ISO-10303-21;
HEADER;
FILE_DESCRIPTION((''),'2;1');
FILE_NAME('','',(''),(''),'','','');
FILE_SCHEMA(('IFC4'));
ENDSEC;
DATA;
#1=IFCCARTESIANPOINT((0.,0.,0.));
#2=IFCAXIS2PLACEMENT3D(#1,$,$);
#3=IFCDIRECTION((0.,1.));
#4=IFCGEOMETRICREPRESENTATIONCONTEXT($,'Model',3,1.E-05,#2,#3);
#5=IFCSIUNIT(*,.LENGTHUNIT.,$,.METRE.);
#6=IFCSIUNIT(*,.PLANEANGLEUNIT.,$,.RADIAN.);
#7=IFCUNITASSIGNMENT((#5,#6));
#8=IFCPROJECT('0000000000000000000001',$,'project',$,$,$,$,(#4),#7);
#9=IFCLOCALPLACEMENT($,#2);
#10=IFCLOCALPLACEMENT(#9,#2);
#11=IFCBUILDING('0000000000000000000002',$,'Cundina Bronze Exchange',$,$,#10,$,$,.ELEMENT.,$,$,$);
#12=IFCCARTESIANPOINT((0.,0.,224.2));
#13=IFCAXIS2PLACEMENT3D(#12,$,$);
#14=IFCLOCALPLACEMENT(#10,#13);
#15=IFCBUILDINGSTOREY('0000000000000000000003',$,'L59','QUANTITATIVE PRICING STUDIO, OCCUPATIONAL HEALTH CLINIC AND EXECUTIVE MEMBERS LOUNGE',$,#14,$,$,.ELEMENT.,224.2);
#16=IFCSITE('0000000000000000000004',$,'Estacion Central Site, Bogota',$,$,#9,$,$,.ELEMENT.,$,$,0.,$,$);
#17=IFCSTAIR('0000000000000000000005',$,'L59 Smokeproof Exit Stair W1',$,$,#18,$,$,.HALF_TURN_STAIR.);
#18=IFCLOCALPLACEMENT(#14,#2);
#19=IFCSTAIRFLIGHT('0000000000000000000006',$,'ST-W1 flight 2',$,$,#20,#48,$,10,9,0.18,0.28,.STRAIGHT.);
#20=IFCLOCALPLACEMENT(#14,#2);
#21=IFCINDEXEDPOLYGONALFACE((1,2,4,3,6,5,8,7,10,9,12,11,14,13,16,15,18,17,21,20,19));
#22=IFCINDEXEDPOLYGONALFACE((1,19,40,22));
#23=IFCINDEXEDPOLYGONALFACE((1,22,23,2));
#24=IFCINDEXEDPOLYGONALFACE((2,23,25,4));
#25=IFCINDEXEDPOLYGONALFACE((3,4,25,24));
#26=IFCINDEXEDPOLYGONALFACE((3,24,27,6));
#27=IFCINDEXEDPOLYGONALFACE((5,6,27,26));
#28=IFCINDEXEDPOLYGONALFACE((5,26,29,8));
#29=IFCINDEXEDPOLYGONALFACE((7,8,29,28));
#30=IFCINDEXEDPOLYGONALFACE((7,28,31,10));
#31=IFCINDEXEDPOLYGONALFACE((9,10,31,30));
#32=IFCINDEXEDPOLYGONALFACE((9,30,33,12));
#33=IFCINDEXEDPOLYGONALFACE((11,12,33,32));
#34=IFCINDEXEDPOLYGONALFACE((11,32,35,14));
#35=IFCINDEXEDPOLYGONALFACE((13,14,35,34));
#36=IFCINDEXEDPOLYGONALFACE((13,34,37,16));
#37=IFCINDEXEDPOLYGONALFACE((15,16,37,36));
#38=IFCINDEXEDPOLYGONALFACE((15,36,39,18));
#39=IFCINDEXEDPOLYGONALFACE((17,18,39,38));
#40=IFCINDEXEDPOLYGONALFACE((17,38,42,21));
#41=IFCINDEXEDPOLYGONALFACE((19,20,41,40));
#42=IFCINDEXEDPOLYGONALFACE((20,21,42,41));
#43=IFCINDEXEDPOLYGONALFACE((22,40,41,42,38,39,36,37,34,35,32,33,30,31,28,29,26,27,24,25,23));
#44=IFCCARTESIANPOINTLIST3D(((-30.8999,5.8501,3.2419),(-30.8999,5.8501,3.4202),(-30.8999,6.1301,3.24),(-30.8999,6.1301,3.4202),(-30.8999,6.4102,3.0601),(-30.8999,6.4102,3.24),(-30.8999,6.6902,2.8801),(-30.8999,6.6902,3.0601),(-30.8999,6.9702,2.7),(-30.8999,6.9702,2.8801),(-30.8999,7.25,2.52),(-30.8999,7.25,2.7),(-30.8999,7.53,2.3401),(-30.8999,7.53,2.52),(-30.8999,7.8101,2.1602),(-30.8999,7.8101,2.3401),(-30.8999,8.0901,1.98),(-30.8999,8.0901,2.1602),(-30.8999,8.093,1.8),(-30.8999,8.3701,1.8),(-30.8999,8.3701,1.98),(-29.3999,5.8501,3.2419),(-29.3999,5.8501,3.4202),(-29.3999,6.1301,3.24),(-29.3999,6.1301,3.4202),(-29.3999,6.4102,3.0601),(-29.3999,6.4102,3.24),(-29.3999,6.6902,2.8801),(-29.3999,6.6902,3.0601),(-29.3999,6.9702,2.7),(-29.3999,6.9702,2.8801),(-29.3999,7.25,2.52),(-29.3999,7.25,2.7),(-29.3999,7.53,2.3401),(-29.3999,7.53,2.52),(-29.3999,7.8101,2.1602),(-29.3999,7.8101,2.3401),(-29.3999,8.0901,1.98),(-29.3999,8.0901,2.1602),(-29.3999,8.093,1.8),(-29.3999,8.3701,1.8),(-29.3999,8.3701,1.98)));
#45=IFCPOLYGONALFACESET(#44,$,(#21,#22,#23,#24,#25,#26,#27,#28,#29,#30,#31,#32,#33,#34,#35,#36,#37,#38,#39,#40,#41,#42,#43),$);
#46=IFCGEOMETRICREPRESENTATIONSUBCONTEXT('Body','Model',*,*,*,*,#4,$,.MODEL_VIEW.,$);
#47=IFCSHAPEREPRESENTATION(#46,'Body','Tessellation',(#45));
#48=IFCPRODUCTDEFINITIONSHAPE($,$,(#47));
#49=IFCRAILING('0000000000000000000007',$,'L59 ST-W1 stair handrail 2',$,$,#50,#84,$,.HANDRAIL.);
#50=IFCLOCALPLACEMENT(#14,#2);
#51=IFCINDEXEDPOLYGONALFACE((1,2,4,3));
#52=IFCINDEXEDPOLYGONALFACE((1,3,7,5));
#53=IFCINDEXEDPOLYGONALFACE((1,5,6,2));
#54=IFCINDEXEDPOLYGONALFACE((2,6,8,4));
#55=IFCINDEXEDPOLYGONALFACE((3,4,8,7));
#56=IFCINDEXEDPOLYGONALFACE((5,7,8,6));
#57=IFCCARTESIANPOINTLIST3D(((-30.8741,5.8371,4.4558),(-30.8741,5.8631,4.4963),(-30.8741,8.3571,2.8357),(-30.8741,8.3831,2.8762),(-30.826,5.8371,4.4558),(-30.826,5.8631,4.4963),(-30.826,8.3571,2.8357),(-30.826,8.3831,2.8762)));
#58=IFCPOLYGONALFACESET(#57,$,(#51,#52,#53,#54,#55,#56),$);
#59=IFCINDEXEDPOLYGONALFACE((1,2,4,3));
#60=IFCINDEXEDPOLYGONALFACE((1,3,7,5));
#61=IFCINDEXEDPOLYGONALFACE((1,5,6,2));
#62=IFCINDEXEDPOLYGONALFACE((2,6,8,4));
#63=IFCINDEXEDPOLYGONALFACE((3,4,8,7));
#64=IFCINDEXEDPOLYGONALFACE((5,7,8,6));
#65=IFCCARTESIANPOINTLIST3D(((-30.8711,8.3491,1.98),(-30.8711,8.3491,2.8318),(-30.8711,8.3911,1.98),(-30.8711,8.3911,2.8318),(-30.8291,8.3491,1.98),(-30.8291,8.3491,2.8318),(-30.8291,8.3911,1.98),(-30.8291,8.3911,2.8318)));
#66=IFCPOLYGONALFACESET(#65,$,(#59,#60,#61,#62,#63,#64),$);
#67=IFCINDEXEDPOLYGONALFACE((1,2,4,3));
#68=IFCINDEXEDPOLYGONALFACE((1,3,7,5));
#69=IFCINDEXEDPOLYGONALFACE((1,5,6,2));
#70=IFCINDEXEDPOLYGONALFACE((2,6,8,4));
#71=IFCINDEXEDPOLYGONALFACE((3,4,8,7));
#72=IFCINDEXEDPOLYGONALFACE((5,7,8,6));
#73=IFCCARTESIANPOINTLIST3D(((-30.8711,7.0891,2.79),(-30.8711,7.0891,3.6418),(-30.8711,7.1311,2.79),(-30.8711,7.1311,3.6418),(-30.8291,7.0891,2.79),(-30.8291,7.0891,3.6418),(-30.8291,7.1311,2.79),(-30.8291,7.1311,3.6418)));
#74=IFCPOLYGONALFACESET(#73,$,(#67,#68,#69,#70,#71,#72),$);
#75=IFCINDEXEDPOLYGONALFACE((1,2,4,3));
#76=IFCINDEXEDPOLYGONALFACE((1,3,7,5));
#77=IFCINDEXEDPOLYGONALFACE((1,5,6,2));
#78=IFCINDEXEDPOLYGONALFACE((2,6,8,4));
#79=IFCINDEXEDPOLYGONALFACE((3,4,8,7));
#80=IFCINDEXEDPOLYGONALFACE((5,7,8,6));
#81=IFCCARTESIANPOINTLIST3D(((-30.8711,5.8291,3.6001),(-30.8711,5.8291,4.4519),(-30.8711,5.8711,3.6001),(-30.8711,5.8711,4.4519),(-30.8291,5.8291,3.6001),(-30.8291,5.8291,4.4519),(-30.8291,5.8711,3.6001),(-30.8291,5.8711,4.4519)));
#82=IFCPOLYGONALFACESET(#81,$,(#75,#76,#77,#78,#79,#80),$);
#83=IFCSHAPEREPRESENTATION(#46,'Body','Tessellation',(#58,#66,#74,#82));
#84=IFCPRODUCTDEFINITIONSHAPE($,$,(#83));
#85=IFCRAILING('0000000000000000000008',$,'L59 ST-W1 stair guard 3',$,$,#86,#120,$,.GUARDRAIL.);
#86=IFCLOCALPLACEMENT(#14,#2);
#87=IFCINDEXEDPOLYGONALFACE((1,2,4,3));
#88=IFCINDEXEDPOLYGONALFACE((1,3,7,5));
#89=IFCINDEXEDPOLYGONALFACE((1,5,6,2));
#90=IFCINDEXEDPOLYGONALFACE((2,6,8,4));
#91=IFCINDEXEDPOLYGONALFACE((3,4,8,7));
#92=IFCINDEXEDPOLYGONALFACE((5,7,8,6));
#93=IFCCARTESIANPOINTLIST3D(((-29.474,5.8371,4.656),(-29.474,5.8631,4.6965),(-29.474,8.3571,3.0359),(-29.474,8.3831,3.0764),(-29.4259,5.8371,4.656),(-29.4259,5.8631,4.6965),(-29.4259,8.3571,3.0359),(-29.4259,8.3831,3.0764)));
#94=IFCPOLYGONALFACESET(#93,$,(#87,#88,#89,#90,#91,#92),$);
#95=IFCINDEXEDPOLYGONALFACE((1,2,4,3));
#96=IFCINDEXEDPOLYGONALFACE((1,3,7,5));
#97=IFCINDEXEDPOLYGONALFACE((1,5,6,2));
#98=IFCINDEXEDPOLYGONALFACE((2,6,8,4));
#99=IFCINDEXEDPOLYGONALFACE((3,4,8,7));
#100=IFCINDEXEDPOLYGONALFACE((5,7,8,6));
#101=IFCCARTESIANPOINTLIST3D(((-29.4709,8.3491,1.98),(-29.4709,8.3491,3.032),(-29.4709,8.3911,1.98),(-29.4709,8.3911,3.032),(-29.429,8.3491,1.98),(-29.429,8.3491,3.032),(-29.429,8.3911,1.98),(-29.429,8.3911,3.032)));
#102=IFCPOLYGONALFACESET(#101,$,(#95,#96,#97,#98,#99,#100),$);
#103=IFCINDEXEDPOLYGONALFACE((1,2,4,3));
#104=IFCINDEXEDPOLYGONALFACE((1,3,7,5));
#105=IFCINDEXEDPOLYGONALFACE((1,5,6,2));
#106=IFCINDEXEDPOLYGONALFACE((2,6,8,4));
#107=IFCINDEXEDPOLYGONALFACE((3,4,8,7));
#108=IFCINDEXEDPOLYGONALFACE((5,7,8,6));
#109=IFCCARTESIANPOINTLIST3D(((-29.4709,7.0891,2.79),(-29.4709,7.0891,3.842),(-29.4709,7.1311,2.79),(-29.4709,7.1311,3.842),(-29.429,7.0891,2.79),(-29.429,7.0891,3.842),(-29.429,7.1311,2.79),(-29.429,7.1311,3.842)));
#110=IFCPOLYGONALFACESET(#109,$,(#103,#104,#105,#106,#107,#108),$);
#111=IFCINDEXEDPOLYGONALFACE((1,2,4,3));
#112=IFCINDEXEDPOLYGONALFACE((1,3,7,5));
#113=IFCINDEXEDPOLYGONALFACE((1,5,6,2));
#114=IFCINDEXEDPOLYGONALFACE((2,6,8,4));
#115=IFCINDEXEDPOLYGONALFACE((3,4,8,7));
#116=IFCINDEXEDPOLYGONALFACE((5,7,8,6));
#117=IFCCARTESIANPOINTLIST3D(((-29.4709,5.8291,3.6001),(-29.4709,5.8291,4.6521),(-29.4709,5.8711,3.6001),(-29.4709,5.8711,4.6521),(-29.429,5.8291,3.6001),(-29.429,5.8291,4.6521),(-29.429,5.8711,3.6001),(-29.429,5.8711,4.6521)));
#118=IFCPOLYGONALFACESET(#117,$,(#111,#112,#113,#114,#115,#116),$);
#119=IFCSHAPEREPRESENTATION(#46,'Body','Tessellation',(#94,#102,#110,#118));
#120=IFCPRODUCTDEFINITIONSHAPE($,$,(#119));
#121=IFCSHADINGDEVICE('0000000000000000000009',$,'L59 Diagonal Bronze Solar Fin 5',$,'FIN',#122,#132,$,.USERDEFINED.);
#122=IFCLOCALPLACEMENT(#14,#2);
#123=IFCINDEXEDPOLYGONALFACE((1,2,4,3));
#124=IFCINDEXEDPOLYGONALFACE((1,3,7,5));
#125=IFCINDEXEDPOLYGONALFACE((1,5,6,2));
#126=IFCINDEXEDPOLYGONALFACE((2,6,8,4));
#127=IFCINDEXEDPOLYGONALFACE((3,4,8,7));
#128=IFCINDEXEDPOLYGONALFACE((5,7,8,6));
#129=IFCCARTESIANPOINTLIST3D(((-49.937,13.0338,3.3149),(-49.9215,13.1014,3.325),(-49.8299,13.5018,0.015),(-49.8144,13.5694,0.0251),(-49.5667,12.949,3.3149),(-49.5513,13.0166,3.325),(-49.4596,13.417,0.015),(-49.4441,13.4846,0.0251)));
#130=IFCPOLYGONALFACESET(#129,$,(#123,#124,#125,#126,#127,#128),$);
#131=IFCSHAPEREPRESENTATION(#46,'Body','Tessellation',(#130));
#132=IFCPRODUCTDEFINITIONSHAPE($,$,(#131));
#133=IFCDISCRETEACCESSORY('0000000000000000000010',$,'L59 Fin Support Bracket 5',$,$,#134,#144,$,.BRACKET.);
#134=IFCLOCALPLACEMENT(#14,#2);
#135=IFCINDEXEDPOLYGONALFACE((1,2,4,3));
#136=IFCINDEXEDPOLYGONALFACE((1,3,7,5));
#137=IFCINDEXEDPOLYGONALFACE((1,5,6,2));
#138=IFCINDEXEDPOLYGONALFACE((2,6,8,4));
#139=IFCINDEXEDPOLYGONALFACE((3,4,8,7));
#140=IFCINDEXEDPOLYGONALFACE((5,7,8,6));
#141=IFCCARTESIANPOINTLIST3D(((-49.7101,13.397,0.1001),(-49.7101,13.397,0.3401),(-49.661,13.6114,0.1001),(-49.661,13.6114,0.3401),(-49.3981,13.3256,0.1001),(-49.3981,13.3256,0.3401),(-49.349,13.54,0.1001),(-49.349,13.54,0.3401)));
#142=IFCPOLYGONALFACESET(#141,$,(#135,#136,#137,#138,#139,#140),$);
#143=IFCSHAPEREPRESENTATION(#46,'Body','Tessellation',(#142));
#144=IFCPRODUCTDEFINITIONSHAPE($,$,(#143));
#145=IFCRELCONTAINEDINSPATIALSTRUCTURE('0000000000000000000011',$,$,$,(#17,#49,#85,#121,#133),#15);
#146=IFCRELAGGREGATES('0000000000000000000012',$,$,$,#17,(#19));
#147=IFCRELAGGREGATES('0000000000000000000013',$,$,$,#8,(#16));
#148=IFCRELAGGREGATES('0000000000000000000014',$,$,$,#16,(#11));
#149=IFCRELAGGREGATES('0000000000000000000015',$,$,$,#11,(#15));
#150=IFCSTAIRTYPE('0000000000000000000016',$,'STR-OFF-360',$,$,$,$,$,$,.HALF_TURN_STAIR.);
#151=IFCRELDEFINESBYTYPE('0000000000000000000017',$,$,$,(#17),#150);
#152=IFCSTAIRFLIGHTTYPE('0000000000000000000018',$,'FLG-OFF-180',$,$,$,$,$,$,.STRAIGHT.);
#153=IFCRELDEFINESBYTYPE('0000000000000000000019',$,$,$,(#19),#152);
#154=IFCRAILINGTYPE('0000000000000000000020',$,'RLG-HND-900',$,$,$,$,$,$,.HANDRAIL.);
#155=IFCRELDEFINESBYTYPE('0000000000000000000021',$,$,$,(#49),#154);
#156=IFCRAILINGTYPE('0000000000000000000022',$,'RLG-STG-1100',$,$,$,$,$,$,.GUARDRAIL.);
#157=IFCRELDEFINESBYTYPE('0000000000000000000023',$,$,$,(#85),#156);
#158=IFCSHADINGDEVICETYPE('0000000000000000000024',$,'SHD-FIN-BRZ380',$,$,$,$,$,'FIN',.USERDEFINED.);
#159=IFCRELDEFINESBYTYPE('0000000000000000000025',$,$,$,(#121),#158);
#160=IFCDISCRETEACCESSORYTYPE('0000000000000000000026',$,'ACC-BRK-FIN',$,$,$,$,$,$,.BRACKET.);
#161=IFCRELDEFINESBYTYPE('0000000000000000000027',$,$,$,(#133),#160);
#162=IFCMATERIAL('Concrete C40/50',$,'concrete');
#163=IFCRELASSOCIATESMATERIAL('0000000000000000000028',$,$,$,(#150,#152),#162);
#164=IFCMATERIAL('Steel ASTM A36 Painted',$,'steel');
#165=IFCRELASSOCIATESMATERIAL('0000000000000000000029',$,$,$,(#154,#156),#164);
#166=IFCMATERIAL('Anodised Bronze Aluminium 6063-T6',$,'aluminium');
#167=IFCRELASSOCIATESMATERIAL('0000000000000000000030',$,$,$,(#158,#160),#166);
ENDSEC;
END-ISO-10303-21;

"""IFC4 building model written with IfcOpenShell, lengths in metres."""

from ifc_helpers import new_model, si_unit, direction, frame, origin, origin_2d, place, context, subcontext, project, spatial, polyline, rectangle, outline, extrude, material, material_profile, profile_set, type_object, element, aggregate, save


model = new_model("IFC4")

# Units and contexts
model_context = context("Model", 3, precision=1e-05, world=origin(), true_north=direction((0.0, 1.0)))
body_context = subcontext(model_context, "Body", "Model", "MODEL_VIEW")
ifc_project = project(units=[si_unit("LENGTHUNIT", "METRE"), si_unit("PLANEANGLEUNIT", "RADIAN")], contexts=[model_context])

# Site, building, storey
site_placement = place(None, origin())
site = spatial("IfcSite", under=ifc_project, at=site_placement, Name="Estacion Central Site, Bogota", CompositionType="ELEMENT", RefElevation=0.0)
building_placement = place(site_placement, origin())
building = spatial("IfcBuilding", under=site, at=building_placement, Name="Cundina Bronze Exchange", CompositionType="ELEMENT")
storey_placement = place(building_placement, frame((0.0, 0.0, 224.2)))
storey = spatial("IfcBuildingStorey", under=building, at=storey_placement, Name="L59", Description="QUANTITATIVE PRICING STUDIO, OCCUPATIONAL HEALTH CLINIC AND EXECUTIVE MEMBERS LOUNGE", CompositionType="ELEMENT", Elevation=224.2)

# Shared definitions
ifc_material_1 = material(Name="Anodised Bronze Aluminium 6063-T6", Category="aluminium")

# Shared definitions
ifc_material_2 = material(Name="Steel ASTM A36 Painted", Category="steel")

# Stair, stair flight
ifc_material_3 = material(Name="Concrete C40/50", Category="concrete")
stair_type = type_object("IfcStairType", Name="STR-OFF-360", PredefinedType="HALF_TURN_STAIR", material=ifc_material_3)
stair_placement = place(storey_placement, origin())
stair = element("IfcStair", 1, at=stair_placement, inside=storey, type_object=stair_type, Name="L59 Smokeproof Exit Stair W1", PredefinedType="HALF_TURN_STAIR")
stair_flight_type = type_object("IfcStairFlightType", Name="FLG-OFF-180", PredefinedType="STRAIGHT", material=ifc_material_3)
stair_flight_placement = place(storey_placement, frame((-30.1499, 8.3701, 1.8), z_axis=(0.0, 0.0, 1.0), x_axis=(0.0, -1.0, 0.0)))
stair_flight = element("IfcStairFlight", 2, at=stair_flight_placement, type_object=stair_flight_type, Name="ST-W1 flight 2", NumberOfRisers=10, NumberOfTreads=9, PredefinedType="STRAIGHT", RiserHeight=0.18, TreadLength=0.28, context=body_context, shape_type="SweptSolid", body=[
    extrude(outline(polyline([(0.0, 0.0), (0.0, 0.1799), (0.28, 0.1799), (0.28, 0.3601), (0.5601, 0.3601), (0.5601, 0.54), (0.8401, 0.54), (0.8401, 0.72), (1.1201, 0.72), (1.1201, 0.8999), (1.3999, 0.8999), (1.3999, 1.0801), (1.6799, 1.0801), (1.6799, 1.26), (1.96, 1.26), (1.96, 1.4399), (2.24, 1.4399), (2.24, 1.6201), (2.52, 1.6201), (2.52, 1.8), (2.52, 1.4419), (0.2771, 0.0), (0.0, 0.0)])), frame((0.0, 0.75, 0.0), z_axis=(0.0, -1.0, 0.0), x_axis=(1.0, 0.0, 0.0)), (0.0, 0.0, 1.0), 1.5),
])
aggregate(stair, [stair_flight])

# Railings
railing_type_1 = type_object("IfcRailingType", Name="RLG-HND-900", PredefinedType="HANDRAIL", material=ifc_material_2)
railing_1_placement = place(storey_placement, frame((-30.8501, 8.3701, 1.98)))
element("IfcRailing", 3, at=railing_1_placement, inside=storey, type_object=railing_type_1, Name="L59 ST-W1 stair handrail 2", PredefinedType="HANDRAIL", context=body_context, shape_type="SweptSolid", body=[
    extrude(rectangle(XDim=0.0481, YDim=0.0481, at=origin_2d()), frame((0.0, 0.0, 0.876), z_axis=(0.0, -0.841163, 0.540782), x_axis=(1.0, 0.0, 0.0)), (0.0, 0.0, 1.0), 2.9958),
    extrude(rectangle(XDim=0.042, YDim=0.042, at=origin_2d()), origin(), (0.0, 0.0, 1.0), 0.8518),
    extrude(rectangle(XDim=0.042, YDim=0.042, at=origin_2d()), frame((0.0, -1.26, 0.8101)), (0.0, 0.0, 1.0), 0.8518),
    extrude(rectangle(XDim=0.042, YDim=0.042, at=origin_2d()), frame((0.0, -2.52, 1.6201)), (0.0, 0.0, 1.0), 0.8518),
])
railing_type_2 = type_object("IfcRailingType", Name="RLG-STG-1100", PredefinedType="GUARDRAIL", material=ifc_material_2)
railing_2_placement = place(storey_placement, frame((-29.45, 8.3701, 1.98)))
element("IfcRailing", 4, at=railing_2_placement, inside=storey, type_object=railing_type_2, Name="L59 ST-W1 stair guard 3", PredefinedType="GUARDRAIL", context=body_context, shape_type="SweptSolid", body=[
    extrude(rectangle(XDim=0.0481, YDim=0.0481, at=origin_2d()), frame((0.0, 0.0, 1.0762), z_axis=(0.0, -0.841163, 0.540782), x_axis=(1.0, 0.0, 0.0)), (0.0, 0.0, 1.0), 2.9958),
    extrude(rectangle(XDim=0.042, YDim=0.042, at=origin_2d()), origin(), (0.0, 0.0, 1.0), 1.052),
    extrude(rectangle(XDim=0.042, YDim=0.042, at=origin_2d()), frame((0.0, -1.26, 0.8101)), (0.0, 0.0, 1.0), 1.052),
    extrude(rectangle(XDim=0.042, YDim=0.042, at=origin_2d()), frame((0.0, -2.52, 1.6201)), (0.0, 0.0, 1.0), 1.052),
])

# Shading device
ifc_material_profile_1 = material_profile(ifc_material_1, rectangle(XDim=0.0701, YDim=0.3799, at=origin_2d()), Name="FIN70X380", Category="aluminium")
ifc_profile_set_1 = profile_set([ifc_material_profile_1], Name="Anodised Bronze Aluminium 6063-T6")
shading_device_type = type_object("IfcShadingDeviceType", Name="SHD-FIN-BRZ380", ElementType="FIN", PredefinedType="USERDEFINED", material=ifc_profile_set_1)
shading_device_placement = place(storey_placement, frame((-49.637, 13.4932, 0.02), z_axis=(-0.032139, -0.140344, 0.989581), x_axis=(0.220899, 0.964611, 0.143977)))
element("IfcShadingDevice", 5, at=shading_device_placement, inside=storey, type_object=shading_device_type, Name="L59 Diagonal Bronze Solar Fin 5", ObjectType="FIN", PredefinedType="USERDEFINED", context=body_context, shape_type="SweptSolid", body=[
    extrude(rectangle(XDim=0.0701, YDim=0.3799, at=origin_2d()), origin(), (0.0, 0.0, 1.0), 3.3347),
])

# Discrete accessory
discrete_accessory_type = type_object("IfcDiscreteAccessoryType", Name="ACC-BRK-FIN", PredefinedType="BRACKET", material=ifc_material_1)
discrete_accessory_placement = place(storey_placement, frame((-49.5295, 13.4685, 0.1001), z_axis=(0.0, 0.0, 1.0), x_axis=(-0.223284, -0.974753, 0.0)))
element("IfcDiscreteAccessory", 6, at=discrete_accessory_placement, inside=storey, type_object=discrete_accessory_type, Name="L59 Fin Support Bracket 5", PredefinedType="BRACKET", context=body_context, shape_type="SweptSolid", body=[
    extrude(rectangle(XDim=0.22, YDim=0.3201, at=origin_2d()), origin(), (0.0, 0.0, 1.0), 0.24),
])

save(model, "model.ifc")
